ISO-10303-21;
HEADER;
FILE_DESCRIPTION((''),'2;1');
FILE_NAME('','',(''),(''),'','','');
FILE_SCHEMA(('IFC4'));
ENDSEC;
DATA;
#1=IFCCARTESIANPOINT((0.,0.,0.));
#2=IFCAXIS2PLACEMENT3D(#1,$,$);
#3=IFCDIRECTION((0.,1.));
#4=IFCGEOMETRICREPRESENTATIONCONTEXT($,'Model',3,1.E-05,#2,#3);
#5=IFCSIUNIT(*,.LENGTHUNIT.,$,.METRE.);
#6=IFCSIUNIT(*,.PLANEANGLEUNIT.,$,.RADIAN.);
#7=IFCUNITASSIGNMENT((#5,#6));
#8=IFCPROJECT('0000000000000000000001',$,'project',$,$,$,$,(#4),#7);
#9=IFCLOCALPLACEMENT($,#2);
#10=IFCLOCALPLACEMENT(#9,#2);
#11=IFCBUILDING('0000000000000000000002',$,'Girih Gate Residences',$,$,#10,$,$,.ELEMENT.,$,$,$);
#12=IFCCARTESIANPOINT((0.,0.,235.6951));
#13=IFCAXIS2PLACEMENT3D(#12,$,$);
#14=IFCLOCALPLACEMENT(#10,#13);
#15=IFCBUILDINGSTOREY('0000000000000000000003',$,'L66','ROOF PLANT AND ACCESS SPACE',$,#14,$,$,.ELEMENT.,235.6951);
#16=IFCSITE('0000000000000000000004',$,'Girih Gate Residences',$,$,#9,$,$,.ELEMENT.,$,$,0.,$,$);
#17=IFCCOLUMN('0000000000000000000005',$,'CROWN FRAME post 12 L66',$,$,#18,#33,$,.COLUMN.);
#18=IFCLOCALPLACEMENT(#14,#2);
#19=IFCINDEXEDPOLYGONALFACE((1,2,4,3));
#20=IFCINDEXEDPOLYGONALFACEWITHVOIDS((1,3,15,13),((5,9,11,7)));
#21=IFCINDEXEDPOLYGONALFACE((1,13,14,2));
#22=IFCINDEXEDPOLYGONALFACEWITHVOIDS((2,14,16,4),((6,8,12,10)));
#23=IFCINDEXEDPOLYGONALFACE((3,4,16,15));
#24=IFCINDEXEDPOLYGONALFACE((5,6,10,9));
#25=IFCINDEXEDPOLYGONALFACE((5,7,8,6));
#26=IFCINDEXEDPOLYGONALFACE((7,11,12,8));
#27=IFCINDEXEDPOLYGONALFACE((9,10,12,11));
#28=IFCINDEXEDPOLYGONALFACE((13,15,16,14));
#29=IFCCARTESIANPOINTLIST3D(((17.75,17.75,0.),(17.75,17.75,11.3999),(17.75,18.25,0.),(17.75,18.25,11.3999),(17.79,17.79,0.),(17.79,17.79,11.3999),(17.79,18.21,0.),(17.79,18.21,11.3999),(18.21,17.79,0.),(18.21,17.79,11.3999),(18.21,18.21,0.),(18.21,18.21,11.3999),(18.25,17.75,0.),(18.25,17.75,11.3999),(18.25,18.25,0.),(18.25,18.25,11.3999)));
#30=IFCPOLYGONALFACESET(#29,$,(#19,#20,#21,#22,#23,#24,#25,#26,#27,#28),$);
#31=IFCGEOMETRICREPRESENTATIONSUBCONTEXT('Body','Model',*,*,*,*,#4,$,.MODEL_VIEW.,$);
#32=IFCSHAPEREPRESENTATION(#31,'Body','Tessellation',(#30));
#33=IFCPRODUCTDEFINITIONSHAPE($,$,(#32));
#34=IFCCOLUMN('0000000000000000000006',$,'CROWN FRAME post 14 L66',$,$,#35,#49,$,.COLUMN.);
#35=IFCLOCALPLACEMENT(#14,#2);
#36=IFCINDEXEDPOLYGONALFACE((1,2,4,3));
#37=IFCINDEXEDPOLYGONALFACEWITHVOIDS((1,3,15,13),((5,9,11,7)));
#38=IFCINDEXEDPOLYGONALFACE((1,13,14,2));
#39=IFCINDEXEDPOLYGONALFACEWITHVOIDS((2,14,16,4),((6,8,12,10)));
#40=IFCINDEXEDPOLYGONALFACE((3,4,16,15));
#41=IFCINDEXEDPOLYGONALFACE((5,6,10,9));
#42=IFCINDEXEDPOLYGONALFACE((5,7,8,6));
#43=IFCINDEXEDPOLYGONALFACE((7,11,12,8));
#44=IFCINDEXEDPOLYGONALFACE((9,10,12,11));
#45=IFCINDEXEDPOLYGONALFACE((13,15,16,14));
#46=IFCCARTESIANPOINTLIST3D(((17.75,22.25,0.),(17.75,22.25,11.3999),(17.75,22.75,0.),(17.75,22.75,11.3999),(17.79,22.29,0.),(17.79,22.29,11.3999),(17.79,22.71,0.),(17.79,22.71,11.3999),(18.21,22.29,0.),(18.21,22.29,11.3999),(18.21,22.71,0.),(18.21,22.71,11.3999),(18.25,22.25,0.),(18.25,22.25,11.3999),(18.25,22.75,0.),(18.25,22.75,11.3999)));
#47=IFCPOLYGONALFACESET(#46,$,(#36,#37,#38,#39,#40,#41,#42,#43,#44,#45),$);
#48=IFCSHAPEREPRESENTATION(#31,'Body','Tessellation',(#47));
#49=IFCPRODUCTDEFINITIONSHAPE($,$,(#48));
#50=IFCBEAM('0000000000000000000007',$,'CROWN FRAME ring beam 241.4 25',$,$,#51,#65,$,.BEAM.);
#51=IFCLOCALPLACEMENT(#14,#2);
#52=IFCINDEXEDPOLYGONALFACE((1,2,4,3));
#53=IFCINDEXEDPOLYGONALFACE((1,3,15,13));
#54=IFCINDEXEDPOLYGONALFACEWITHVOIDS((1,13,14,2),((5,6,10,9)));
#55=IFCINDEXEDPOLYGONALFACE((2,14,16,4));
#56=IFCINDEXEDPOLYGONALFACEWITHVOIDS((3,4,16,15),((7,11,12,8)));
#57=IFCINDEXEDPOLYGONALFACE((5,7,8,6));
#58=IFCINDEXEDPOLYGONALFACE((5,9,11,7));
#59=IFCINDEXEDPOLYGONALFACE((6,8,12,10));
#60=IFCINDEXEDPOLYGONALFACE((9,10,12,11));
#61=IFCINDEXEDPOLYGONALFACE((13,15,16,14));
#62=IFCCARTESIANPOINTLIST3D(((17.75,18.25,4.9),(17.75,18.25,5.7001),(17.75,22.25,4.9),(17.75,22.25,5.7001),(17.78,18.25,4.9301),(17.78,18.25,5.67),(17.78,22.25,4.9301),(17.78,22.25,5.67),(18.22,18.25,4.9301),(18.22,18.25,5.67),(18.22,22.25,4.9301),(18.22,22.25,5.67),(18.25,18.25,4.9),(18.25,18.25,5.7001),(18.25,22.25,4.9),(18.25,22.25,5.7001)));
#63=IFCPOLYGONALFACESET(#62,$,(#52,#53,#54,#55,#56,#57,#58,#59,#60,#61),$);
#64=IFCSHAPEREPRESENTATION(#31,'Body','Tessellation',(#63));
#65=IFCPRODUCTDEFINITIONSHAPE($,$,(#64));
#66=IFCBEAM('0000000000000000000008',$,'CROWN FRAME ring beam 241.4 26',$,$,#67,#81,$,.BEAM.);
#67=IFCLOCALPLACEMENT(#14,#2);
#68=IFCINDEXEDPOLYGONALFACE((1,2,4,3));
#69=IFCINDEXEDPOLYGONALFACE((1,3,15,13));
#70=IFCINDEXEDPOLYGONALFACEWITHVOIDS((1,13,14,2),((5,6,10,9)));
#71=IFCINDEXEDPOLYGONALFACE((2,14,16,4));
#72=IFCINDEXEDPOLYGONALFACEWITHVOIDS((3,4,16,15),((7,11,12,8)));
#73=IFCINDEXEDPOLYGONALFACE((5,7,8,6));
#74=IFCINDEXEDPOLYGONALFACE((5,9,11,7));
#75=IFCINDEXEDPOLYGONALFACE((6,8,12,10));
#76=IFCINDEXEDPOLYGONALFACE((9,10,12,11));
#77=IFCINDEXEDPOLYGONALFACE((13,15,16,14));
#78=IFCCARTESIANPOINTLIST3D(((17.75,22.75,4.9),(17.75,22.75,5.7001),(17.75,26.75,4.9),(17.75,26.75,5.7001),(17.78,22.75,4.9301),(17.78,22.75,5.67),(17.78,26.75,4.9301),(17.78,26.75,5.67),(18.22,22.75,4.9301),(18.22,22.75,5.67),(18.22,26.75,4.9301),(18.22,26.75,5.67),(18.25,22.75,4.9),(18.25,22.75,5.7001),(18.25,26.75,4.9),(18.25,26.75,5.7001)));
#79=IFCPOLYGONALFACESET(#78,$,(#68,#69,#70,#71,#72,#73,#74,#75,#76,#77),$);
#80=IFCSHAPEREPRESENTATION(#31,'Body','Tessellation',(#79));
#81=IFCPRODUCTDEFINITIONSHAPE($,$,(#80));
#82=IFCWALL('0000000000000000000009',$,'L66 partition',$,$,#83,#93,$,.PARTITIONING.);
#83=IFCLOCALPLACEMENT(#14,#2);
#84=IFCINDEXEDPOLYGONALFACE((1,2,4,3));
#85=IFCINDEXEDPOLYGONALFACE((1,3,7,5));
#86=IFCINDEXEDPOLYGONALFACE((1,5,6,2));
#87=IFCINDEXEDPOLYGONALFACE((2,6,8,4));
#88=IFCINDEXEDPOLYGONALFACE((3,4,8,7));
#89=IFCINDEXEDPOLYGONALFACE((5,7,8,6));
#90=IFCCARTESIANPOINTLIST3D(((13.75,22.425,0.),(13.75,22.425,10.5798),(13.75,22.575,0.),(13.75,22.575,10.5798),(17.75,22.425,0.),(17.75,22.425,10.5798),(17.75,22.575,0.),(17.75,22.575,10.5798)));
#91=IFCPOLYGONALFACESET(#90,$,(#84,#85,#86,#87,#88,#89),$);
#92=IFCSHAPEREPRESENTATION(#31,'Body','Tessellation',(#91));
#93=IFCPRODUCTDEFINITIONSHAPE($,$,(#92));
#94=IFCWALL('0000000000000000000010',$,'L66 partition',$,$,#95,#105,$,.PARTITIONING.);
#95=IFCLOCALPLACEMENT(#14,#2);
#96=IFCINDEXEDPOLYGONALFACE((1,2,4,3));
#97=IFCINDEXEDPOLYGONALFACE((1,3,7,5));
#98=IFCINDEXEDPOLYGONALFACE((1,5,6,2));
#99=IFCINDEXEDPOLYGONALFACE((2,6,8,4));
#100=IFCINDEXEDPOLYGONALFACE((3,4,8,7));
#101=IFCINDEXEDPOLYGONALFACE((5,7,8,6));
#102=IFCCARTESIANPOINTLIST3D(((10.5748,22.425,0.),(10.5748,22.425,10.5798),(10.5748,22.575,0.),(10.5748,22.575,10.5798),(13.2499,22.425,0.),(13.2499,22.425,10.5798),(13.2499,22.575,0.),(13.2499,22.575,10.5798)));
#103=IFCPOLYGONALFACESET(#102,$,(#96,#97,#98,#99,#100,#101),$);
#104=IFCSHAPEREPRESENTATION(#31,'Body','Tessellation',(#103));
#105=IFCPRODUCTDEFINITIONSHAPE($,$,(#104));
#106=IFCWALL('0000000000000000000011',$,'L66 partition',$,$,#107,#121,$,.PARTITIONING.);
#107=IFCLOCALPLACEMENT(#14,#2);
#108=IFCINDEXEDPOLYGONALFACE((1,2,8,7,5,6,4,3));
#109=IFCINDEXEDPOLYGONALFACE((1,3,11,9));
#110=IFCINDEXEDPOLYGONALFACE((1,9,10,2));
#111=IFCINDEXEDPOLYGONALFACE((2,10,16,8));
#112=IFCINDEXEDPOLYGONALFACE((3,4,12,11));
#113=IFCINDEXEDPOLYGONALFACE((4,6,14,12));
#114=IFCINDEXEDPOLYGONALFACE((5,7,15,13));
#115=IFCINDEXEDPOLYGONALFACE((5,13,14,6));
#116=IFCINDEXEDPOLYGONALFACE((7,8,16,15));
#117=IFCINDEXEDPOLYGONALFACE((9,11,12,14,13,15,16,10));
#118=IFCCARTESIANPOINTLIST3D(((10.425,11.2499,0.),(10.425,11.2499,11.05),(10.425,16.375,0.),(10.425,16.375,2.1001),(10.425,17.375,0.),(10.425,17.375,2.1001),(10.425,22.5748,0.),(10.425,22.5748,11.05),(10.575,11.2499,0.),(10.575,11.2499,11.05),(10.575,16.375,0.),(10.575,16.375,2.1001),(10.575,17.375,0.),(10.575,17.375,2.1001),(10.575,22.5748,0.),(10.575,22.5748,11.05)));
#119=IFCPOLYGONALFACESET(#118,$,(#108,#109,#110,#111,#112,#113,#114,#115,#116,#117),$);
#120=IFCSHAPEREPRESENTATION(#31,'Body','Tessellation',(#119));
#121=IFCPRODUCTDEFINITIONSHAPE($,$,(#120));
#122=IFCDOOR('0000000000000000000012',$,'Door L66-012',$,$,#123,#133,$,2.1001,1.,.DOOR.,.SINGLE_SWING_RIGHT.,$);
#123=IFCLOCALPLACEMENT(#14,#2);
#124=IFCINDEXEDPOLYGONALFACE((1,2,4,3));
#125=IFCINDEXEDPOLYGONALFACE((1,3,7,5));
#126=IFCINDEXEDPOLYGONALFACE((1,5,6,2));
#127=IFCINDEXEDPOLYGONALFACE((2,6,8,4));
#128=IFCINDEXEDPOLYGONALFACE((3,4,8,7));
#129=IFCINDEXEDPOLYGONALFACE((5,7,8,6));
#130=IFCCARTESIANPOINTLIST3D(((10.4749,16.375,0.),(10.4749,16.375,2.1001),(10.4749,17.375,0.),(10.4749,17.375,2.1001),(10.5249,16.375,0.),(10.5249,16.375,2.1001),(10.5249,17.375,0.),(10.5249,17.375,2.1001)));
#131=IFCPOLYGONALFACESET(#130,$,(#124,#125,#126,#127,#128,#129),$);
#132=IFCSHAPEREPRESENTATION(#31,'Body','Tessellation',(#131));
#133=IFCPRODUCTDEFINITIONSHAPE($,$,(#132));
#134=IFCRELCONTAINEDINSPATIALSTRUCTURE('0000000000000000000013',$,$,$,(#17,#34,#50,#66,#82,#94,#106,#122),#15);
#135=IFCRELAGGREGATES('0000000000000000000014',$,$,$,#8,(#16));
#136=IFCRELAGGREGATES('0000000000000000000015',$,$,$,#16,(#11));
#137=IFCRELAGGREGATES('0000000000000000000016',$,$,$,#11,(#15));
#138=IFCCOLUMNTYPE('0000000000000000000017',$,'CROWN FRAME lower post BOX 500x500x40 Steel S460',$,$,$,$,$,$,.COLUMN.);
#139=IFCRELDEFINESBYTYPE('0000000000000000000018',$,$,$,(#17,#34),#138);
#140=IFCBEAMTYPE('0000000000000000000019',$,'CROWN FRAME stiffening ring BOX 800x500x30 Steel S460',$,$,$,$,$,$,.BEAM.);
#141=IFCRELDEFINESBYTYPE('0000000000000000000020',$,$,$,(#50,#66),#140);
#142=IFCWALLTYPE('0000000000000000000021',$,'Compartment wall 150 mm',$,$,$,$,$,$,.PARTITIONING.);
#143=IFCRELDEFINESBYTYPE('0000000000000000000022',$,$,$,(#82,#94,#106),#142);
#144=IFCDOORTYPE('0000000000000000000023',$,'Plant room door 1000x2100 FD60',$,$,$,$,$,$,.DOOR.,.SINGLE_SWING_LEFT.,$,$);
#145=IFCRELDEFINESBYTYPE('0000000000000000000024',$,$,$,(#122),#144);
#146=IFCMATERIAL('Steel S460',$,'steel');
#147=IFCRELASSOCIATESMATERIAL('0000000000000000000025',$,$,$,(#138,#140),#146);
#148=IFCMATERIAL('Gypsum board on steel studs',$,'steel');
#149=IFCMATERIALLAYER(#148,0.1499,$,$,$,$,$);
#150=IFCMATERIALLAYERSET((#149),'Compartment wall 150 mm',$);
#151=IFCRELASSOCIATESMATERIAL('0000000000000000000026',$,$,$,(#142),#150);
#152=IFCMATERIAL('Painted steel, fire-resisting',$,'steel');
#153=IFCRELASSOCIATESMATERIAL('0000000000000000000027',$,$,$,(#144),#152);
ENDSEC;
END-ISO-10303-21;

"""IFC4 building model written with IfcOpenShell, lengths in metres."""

from ifc_helpers import new_model, si_unit, direction, frame, frame_2d, origin, origin_2d, place, context, subcontext, project, spatial, rectangle, hollow_rectangle, extrude, material, layer, layer_set, material_profile, profile_set, type_object, element, fill, save


model = new_model("IFC4")

# Units and contexts
model_context = context("Model", 3, precision=1e-05, world=origin(), true_north=direction((0.0, 1.0)))
body_context = subcontext(model_context, "Body", "Model", "MODEL_VIEW")
ifc_project = project(units=[si_unit("LENGTHUNIT", "METRE"), si_unit("PLANEANGLEUNIT", "RADIAN")], contexts=[model_context])

# Site, building, storey
site_placement = place(None, origin())
site = spatial("IfcSite", under=ifc_project, at=site_placement, Name="Girih Gate Residences", CompositionType="ELEMENT", RefElevation=0.0)
building_placement = place(site_placement, origin())
building = spatial("IfcBuilding", under=site, at=building_placement, Name="Girih Gate Residences", CompositionType="ELEMENT")
storey_placement = place(building_placement, frame((0.0, 0.0, 235.6951)))
storey = spatial("IfcBuildingStorey", under=building, at=storey_placement, Name="L66", Description="ROOF PLANT AND ACCESS SPACE", CompositionType="ELEMENT", Elevation=235.6951)

# Columns
ifc_material_1 = material(Name="Steel S460", Category="steel")
ifc_material_profile_1 = material_profile(ifc_material_1, hollow_rectangle(XDim=0.5, YDim=0.5, WallThickness=0.04, at=origin_2d()))
ifc_profile_set_1 = profile_set([ifc_material_profile_1], Name="Steel S460")
column_type = type_object("IfcColumnType", Name="CROWN FRAME lower post BOX 500x500x40 Steel S460", PredefinedType="COLUMN", material=ifc_profile_set_1)
for number, where, z_axis, x_axis, name in (
    (1, (18.0, 18.0, 0.0), (0.0, 0.0, 1.0), (1.0, 0.0, 0.0), "CROWN FRAME post 12 L66"),
    (2, (18.0, 22.5, 0.0), (0.0, 0.0, 1.0), (1.0, 0.0, 0.0), "CROWN FRAME post 14 L66"),
):
    element("IfcColumn", number, at=place(storey_placement, frame(where, z_axis=z_axis, x_axis=x_axis)), inside=storey, type_object=column_type, Name=name, PredefinedType="COLUMN", context=body_context, shape_type="SweptSolid", body=[
        extrude(hollow_rectangle(XDim=0.5, YDim=0.5, WallThickness=0.04, at=origin_2d()), origin(), (0.0, 0.0, 1.0), 11.3999),
    ])

# Beams
ifc_material_profile_2 = material_profile(ifc_material_1, hollow_rectangle(XDim=0.5, YDim=0.8, WallThickness=0.03, at=origin_2d()))
ifc_profile_set_2 = profile_set([ifc_material_profile_2], Name="Steel S460")
beam_type = type_object("IfcBeamType", Name="CROWN FRAME stiffening ring BOX 800x500x30 Steel S460", PredefinedType="BEAM", material=ifc_profile_set_2)
for number, where, z_axis, x_axis, name in (
    (3, (18.0, 18.25, 5.3), (0.0, 1.0, 0.0), (-1.0, 0.0, 0.0), "CROWN FRAME ring beam 241.4 25"),
    (4, (18.0, 22.75, 5.3), (0.0, 1.0, 0.0), (-1.0, 0.0, 0.0), "CROWN FRAME ring beam 241.4 26"),
):
    element("IfcBeam", number, at=place(storey_placement, frame(where, z_axis=z_axis, x_axis=x_axis)), inside=storey, type_object=beam_type, Name=name, PredefinedType="BEAM", context=body_context, shape_type="SweptSolid", body=[
        extrude(hollow_rectangle(XDim=0.5, YDim=0.8, WallThickness=0.03, at=origin_2d()), origin(), (0.0, 0.0, 1.0), 4.0),
    ])

# Walls
ifc_material_2 = material(Name="Gypsum board on steel studs", Category="steel")
ifc_layer = layer(ifc_material_2, 0.1499)
ifc_layer_set = layer_set([ifc_layer], Name="Compartment wall 150 mm")
wall_type = type_object("IfcWallType", Name="Compartment wall 150 mm", PredefinedType="PARTITIONING", material=ifc_layer_set)
wall_1_placement = place(storey_placement, frame((13.75, 22.5, 0.0), z_axis=(0.0, 0.0, 1.0), x_axis=(1.0, 0.0, 0.0)))
element("IfcWall", 5, at=wall_1_placement, inside=storey, type_object=wall_type, Name="L66 partition", PredefinedType="PARTITIONING", context=body_context, shape_type="SweptSolid", body=[
    extrude(rectangle(XDim=4.0, YDim=0.1499, at=frame_2d((2.0, 0.0))), origin(), (0.0, 0.0, 1.0), 10.5798),
])
wall_2_placement = place(storey_placement, frame((10.575, 22.5, 0.0), z_axis=(0.0, 0.0, 1.0), x_axis=(1.0, 0.0, 0.0)))
element("IfcWall", 6, at=wall_2_placement, inside=storey, type_object=wall_type, Name="L66 partition", PredefinedType="PARTITIONING", context=body_context, shape_type="SweptSolid", body=[
    extrude(rectangle(XDim=2.675, YDim=0.1499, at=frame_2d((1.3374, 0.0))), origin(), (0.0, 0.0, 1.0), 10.5798),
])

# Wall, opening, door
wall_3_placement = place(storey_placement, frame((10.5, 22.575, 0.0), z_axis=(0.0, 0.0, 1.0), x_axis=(0.0, -1.0, 0.0)))
wall_3 = element("IfcWall", 7, at=wall_3_placement, inside=storey, type_object=wall_type, Name="L66 partition", PredefinedType="PARTITIONING", context=body_context, shape_type="SweptSolid", body=[
    extrude(rectangle(XDim=11.325, YDim=0.1499, at=frame_2d((5.6626, 0.0))), origin(), (0.0, 0.0, 1.0), 11.05),
])
opening_placement = place(wall_3_placement, frame((5.2, 0.0, 0.0)))
opening = element("IfcOpeningElement", 8, at=opening_placement, cuts=wall_3, PredefinedType="OPENING", context=body_context, shape_type="SweptSolid", body=[
    extrude(rectangle(XDim=1.0, YDim=2.1001, at=frame_2d((0.5, 1.05))), frame((0.0, 0.085, 0.0), z_axis=(0.0, -1.0, 0.0), x_axis=(1.0, 0.0, 0.0)), (0.0, 0.0, 1.0), 0.1699),
])
ifc_material_3 = material(Name="Painted steel, fire-resisting", Category="steel")
door_type = type_object("IfcDoorType", Name="Plant room door 1000x2100 FD60", OperationType="SINGLE_SWING_LEFT", PredefinedType="DOOR", material=ifc_material_3)
door_placement = place(opening_placement, origin())
door = element("IfcDoor", 9, at=door_placement, inside=storey, type_object=door_type, Name="Door L66-012", OperationType="SINGLE_SWING_RIGHT", OverallHeight=2.1001, OverallWidth=1.0, PredefinedType="DOOR", context=body_context, shape_type="SweptSolid", body=[
    extrude(rectangle(XDim=1.0, YDim=2.1001, at=frame_2d((0.5, 1.05))), frame((0.0, 0.0249, 0.0), z_axis=(0.0, -1.0, 0.0), x_axis=(1.0, 0.0, 0.0)), (0.0, 0.0, 1.0), 0.05),
])
fill(opening, door)

save(model, "model.ifc")
